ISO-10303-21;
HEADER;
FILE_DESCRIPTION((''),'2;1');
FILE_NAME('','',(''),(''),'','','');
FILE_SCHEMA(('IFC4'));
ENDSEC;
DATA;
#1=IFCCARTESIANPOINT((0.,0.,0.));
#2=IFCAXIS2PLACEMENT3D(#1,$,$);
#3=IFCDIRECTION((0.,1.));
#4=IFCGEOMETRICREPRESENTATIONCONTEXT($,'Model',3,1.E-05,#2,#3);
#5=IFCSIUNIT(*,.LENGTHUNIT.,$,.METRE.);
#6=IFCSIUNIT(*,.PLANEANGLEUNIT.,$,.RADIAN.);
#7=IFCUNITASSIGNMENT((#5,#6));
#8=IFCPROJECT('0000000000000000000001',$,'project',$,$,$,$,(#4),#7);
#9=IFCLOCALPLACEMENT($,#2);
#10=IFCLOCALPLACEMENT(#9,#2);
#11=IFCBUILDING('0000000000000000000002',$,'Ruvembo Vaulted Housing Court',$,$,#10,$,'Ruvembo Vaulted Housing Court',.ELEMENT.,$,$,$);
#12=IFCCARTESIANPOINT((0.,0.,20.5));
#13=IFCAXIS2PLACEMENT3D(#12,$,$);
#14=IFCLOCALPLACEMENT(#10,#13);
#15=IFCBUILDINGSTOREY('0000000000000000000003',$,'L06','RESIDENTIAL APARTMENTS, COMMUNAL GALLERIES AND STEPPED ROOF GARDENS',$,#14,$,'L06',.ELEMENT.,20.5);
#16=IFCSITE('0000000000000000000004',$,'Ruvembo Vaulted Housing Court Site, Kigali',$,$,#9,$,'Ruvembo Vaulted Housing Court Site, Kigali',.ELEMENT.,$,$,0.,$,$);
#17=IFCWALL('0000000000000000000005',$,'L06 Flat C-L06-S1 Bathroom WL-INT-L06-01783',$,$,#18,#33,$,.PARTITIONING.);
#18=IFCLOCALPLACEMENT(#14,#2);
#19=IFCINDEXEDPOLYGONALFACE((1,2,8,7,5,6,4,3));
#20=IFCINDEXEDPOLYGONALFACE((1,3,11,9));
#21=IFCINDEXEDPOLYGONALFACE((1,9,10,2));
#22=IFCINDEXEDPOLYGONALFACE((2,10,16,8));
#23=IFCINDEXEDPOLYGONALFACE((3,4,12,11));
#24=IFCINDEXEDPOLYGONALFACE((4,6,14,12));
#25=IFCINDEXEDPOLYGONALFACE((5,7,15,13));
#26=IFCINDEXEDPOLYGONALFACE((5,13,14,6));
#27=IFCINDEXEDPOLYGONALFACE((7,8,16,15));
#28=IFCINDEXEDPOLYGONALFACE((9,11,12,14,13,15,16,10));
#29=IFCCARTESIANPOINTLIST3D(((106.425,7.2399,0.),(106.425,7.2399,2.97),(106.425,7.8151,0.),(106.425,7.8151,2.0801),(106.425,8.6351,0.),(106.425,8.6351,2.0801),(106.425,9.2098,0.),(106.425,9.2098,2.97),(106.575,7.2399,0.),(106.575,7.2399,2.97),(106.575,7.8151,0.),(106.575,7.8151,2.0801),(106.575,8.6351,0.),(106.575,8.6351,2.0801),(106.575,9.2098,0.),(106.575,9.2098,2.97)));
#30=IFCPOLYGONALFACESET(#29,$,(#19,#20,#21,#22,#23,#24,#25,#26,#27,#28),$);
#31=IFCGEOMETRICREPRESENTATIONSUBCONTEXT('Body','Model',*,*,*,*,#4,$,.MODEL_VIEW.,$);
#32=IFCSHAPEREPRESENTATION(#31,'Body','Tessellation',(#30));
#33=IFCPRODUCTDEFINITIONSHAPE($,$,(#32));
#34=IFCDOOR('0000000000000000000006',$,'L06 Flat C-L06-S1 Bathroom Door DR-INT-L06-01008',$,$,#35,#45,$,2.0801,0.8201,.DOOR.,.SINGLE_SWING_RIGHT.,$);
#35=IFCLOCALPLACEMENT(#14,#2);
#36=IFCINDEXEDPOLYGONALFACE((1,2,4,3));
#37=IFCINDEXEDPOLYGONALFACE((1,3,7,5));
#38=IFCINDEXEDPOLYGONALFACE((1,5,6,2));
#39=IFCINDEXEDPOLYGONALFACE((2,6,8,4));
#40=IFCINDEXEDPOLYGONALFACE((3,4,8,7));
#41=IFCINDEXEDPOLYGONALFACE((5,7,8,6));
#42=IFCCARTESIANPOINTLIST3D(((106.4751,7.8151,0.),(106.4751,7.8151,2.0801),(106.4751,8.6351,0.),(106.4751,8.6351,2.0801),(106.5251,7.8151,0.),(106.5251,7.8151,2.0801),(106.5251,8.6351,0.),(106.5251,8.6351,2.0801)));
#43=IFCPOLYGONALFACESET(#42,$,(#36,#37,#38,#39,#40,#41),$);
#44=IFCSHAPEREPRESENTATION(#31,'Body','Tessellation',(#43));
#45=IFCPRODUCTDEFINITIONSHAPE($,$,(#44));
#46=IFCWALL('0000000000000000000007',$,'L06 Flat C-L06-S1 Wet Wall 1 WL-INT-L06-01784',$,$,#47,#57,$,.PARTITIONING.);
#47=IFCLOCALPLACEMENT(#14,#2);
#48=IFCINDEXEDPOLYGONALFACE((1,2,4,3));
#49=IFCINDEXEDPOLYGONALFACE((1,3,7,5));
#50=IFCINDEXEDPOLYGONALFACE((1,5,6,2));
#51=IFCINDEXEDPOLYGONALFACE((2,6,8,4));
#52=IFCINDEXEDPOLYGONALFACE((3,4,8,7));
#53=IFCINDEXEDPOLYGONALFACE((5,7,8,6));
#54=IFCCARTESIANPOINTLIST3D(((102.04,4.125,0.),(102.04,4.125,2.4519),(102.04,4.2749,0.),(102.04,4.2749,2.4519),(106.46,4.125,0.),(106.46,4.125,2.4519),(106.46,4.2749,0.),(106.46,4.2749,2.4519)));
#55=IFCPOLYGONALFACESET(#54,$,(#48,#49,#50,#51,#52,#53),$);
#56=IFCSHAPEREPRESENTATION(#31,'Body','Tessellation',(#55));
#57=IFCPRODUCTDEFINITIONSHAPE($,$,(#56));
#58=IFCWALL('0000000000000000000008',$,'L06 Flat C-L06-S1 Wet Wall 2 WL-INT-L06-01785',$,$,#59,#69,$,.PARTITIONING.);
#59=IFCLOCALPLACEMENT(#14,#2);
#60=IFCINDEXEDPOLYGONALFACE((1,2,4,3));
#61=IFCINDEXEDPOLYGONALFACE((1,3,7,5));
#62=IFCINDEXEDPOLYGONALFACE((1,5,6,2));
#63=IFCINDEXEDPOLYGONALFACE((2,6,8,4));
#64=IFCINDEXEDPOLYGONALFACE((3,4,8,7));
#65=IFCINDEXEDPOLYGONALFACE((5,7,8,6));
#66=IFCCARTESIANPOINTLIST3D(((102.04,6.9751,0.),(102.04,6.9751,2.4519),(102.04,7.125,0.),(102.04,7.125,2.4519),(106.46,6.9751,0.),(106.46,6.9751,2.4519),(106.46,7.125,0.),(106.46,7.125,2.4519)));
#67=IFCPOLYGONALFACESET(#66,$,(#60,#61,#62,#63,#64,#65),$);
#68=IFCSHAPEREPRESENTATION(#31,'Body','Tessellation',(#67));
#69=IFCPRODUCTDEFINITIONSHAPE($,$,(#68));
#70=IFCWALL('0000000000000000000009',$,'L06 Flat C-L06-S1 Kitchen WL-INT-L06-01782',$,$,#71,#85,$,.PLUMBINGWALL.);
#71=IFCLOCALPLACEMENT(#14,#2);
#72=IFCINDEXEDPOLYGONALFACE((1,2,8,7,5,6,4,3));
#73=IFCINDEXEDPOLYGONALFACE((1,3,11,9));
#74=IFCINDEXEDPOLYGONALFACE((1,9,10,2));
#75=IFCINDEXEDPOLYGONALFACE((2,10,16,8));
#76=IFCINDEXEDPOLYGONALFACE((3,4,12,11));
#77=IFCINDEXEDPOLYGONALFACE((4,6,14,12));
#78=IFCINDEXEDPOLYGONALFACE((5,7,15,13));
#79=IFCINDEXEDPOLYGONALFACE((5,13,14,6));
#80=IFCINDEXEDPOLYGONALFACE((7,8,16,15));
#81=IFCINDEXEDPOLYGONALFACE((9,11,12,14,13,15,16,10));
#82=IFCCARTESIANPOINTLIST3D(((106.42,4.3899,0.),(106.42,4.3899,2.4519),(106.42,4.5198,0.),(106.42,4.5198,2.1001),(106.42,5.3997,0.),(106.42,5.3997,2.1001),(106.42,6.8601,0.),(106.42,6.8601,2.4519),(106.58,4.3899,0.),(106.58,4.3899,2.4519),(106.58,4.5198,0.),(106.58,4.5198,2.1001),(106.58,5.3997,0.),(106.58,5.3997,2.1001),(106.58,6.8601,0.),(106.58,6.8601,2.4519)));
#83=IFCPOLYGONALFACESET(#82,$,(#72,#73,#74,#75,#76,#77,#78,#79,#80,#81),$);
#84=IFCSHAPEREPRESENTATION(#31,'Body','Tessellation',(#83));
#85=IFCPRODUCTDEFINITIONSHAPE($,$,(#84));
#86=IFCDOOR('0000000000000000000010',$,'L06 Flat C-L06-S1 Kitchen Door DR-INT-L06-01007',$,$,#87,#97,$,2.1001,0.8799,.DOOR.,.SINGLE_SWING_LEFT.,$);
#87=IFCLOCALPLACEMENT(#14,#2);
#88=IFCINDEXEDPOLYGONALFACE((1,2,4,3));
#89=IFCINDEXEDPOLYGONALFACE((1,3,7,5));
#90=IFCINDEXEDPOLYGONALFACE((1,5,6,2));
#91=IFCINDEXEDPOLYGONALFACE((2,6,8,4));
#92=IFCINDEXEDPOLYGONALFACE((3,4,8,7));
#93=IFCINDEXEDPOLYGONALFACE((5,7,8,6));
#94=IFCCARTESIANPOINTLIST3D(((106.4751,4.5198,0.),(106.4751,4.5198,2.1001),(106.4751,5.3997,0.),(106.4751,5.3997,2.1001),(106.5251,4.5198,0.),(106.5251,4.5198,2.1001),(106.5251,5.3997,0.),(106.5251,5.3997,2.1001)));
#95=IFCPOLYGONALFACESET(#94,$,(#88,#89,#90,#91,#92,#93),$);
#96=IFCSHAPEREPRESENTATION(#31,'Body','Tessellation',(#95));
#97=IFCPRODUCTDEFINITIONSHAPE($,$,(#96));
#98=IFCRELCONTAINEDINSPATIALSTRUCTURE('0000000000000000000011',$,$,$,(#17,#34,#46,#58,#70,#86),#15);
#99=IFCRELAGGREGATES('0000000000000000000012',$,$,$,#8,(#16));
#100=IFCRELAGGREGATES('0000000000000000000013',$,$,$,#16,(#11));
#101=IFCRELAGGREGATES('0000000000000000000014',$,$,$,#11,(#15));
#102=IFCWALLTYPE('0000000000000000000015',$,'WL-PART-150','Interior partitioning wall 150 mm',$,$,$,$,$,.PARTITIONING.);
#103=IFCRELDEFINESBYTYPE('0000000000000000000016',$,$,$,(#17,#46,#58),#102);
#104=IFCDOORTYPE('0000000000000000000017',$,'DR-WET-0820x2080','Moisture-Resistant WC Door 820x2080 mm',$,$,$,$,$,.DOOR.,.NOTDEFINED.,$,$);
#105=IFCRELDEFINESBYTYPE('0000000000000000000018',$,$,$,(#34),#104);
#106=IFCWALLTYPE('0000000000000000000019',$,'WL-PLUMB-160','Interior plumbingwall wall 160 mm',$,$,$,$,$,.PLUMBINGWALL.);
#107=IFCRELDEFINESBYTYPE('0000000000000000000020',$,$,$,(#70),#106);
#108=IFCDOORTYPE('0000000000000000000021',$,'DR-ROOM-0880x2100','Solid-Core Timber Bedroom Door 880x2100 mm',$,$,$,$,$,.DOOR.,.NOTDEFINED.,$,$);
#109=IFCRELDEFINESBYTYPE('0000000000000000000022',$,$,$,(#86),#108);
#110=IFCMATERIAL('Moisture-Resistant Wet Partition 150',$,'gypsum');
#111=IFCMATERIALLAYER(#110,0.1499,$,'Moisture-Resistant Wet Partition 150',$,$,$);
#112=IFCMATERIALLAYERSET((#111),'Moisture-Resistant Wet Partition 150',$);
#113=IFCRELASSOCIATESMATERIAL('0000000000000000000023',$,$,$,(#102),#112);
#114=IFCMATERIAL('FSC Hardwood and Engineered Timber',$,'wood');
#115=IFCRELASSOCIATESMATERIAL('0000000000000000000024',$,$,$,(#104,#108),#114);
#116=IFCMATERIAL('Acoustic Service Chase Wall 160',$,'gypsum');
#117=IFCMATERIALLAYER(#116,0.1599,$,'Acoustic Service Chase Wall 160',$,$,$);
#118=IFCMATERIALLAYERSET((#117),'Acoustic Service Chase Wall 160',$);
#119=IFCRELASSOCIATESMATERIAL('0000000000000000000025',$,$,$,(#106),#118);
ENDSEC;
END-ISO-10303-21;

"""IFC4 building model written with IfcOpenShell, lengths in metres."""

from ifc_helpers import new_model, si_unit, direction, frame, frame_2d, origin, place, context, subcontext, project, spatial, rectangle, extrude, material, layer, layer_set, type_object, element, fill, save


model = new_model("IFC4")

# Units and contexts
model_context = context("Model", 3, precision=1e-05, world=origin(), true_north=direction((0.0, 1.0)))
body_context = subcontext(model_context, "Body", "Model", "MODEL_VIEW")
ifc_project = project(units=[si_unit("LENGTHUNIT", "METRE"), si_unit("PLANEANGLEUNIT", "RADIAN")], contexts=[model_context])

# Site, building, storey
site_placement = place(None, origin())
site = spatial("IfcSite", under=ifc_project, at=site_placement, Name="Ruvembo Vaulted Housing Court Site, Kigali", LongName="Ruvembo Vaulted Housing Court Site, Kigali", CompositionType="ELEMENT", RefElevation=0.0)
building_placement = place(site_placement, origin())
building = spatial("IfcBuilding", under=site, at=building_placement, Name="Ruvembo Vaulted Housing Court", LongName="Ruvembo Vaulted Housing Court", CompositionType="ELEMENT")
storey_placement = place(building_placement, frame((0.0, 0.0, 20.5)))
storey = spatial("IfcBuildingStorey", under=building, at=storey_placement, Name="L06", Description="RESIDENTIAL APARTMENTS, COMMUNAL GALLERIES AND STEPPED ROOF GARDENS", LongName="L06", CompositionType="ELEMENT", Elevation=20.5)

# Shared definitions
ifc_material_1 = material(Name="FSC Hardwood and Engineered Timber", Category="wood")

# Wall, opening, door
ifc_material_2 = material(Name="Moisture-Resistant Wet Partition 150", Category="gypsum")
ifc_layer_1 = layer(ifc_material_2, 0.1499, Name="Moisture-Resistant Wet Partition 150")
ifc_layer_set_1 = layer_set([ifc_layer_1], Name="Moisture-Resistant Wet Partition 150")
wall_type_1 = type_object("IfcWallType", Name="WL-PART-150", Description="Interior partitioning wall 150 mm", PredefinedType="PARTITIONING", material=ifc_layer_set_1)
wall_1_placement = place(storey_placement, frame((106.5, 7.24, 0.0), z_axis=(0.0, 0.0, 1.0), x_axis=(0.0, 1.0, 0.0)))
wall_1 = element("IfcWall", 1, at=wall_1_placement, inside=storey, type_object=wall_type_1, Name="L06 Flat C-L06-S1 Bathroom WL-INT-L06-01783", PredefinedType="PARTITIONING", context=body_context, shape_type="SweptSolid", body=[
    extrude(rectangle(XDim=1.97, YDim=0.1499, at=frame_2d((0.9849, 0.0))), origin(), (0.0, 0.0, 1.0), 2.97),
])
opening_1_placement = place(wall_1_placement, frame((0.575, 0.0, 0.0)))
opening_1 = element("IfcOpeningElement", 2, at=opening_1_placement, cuts=wall_1, PredefinedType="OPENING", context=body_context, shape_type="SweptSolid", body=[
    extrude(rectangle(XDim=0.8201, YDim=2.0801, at=frame_2d((0.4102, 1.04))), frame((0.0, 0.085, 0.0), z_axis=(0.0, -1.0, 0.0), x_axis=(1.0, 0.0, 0.0)), (0.0, 0.0, 1.0), 0.1699),
])
door_type_1 = type_object("IfcDoorType", Name="DR-WET-0820x2080", Description="Moisture-Resistant WC Door 820x2080 mm", OperationType="NOTDEFINED", PredefinedType="DOOR", material=ifc_material_1)
door_1_placement = place(opening_1_placement, origin())
door_1 = element("IfcDoor", 3, at=door_1_placement, inside=storey, type_object=door_type_1, Name="L06 Flat C-L06-S1 Bathroom Door DR-INT-L06-01008", OperationType="SINGLE_SWING_RIGHT", OverallHeight=2.0801, OverallWidth=0.8201, PredefinedType="DOOR", context=body_context, shape_type="SweptSolid", body=[
    extrude(rectangle(XDim=0.8201, YDim=2.0801, at=frame_2d((0.4102, 1.04))), frame((0.0, 0.0249, 0.0), z_axis=(0.0, -1.0, 0.0), x_axis=(1.0, 0.0, 0.0)), (0.0, 0.0, 1.0), 0.05),
])
fill(opening_1, door_1)

# Walls
for number, where, z_axis, x_axis, name in (
    (4, (102.04, 4.2, 0.0), (0.0, 0.0, 1.0), (1.0, 0.0, 0.0), "L06 Flat C-L06-S1 Wet Wall 1 WL-INT-L06-01784"),
    (5, (102.04, 7.05, 0.0), (0.0, 0.0, 1.0), (1.0, 0.0, 0.0), "L06 Flat C-L06-S1 Wet Wall 2 WL-INT-L06-01785"),
):
    element("IfcWall", number, at=place(storey_placement, frame(where, z_axis=z_axis, x_axis=x_axis)), inside=storey, type_object=wall_type_1, Name=name, PredefinedType="PARTITIONING", context=body_context, shape_type="SweptSolid", body=[
        extrude(rectangle(XDim=4.4199, YDim=0.1499, at=frame_2d((2.21, 0.0))), origin(), (0.0, 0.0, 1.0), 2.4519),
    ])

# Wall, opening, door
ifc_material_3 = material(Name="Acoustic Service Chase Wall 160", Category="gypsum")
ifc_layer_2 = layer(ifc_material_3, 0.1599, Name="Acoustic Service Chase Wall 160")
ifc_layer_set_2 = layer_set([ifc_layer_2], Name="Acoustic Service Chase Wall 160")
wall_type_2 = type_object("IfcWallType", Name="WL-PLUMB-160", Description="Interior plumbingwall wall 160 mm", PredefinedType="PLUMBINGWALL", material=ifc_layer_set_2)
wall_2_placement = place(storey_placement, frame((106.5, 4.3899, 0.0), z_axis=(0.0, 0.0, 1.0), x_axis=(0.0, 1.0, 0.0)))
wall_2 = element("IfcWall", 6, at=wall_2_placement, inside=storey, type_object=wall_type_2, Name="L06 Flat C-L06-S1 Kitchen WL-INT-L06-01782", PredefinedType="PLUMBINGWALL", context=body_context, shape_type="SweptSolid", body=[
    extrude(rectangle(XDim=2.4702, YDim=0.1599, at=frame_2d((1.2351, 0.0))), origin(), (0.0, 0.0, 1.0), 2.4519),
])
opening_2_placement = place(wall_2_placement, frame((0.1299, 0.0, 0.0)))
opening_2 = element("IfcOpeningElement", 7, at=opening_2_placement, cuts=wall_2, PredefinedType="OPENING", context=body_context, shape_type="SweptSolid", body=[
    extrude(rectangle(XDim=0.8799, YDim=2.1001, at=frame_2d((0.4399, 1.05))), frame((0.0, 0.0898, 0.0), z_axis=(0.0, -1.0, 0.0), x_axis=(1.0, 0.0, 0.0)), (0.0, 0.0, 1.0), 0.1799),
])
door_type_2 = type_object("IfcDoorType", Name="DR-ROOM-0880x2100", Description="Solid-Core Timber Bedroom Door 880x2100 mm", OperationType="NOTDEFINED", PredefinedType="DOOR", material=ifc_material_1)
door_2_placement = place(opening_2_placement, origin())
door_2 = element("IfcDoor", 8, at=door_2_placement, inside=storey, type_object=door_type_2, Name="L06 Flat C-L06-S1 Kitchen Door DR-INT-L06-01007", OperationType="SINGLE_SWING_LEFT", OverallHeight=2.1001, OverallWidth=0.8799, PredefinedType="DOOR", context=body_context, shape_type="SweptSolid", body=[
    extrude(rectangle(XDim=0.8799, YDim=2.1001, at=frame_2d((0.4399, 1.05))), frame((0.0, 0.0249, 0.0), z_axis=(0.0, -1.0, 0.0), x_axis=(1.0, 0.0, 0.0)), (0.0, 0.0, 1.0), 0.05),
])
fill(opening_2, door_2)

save(model, "model.ifc")
